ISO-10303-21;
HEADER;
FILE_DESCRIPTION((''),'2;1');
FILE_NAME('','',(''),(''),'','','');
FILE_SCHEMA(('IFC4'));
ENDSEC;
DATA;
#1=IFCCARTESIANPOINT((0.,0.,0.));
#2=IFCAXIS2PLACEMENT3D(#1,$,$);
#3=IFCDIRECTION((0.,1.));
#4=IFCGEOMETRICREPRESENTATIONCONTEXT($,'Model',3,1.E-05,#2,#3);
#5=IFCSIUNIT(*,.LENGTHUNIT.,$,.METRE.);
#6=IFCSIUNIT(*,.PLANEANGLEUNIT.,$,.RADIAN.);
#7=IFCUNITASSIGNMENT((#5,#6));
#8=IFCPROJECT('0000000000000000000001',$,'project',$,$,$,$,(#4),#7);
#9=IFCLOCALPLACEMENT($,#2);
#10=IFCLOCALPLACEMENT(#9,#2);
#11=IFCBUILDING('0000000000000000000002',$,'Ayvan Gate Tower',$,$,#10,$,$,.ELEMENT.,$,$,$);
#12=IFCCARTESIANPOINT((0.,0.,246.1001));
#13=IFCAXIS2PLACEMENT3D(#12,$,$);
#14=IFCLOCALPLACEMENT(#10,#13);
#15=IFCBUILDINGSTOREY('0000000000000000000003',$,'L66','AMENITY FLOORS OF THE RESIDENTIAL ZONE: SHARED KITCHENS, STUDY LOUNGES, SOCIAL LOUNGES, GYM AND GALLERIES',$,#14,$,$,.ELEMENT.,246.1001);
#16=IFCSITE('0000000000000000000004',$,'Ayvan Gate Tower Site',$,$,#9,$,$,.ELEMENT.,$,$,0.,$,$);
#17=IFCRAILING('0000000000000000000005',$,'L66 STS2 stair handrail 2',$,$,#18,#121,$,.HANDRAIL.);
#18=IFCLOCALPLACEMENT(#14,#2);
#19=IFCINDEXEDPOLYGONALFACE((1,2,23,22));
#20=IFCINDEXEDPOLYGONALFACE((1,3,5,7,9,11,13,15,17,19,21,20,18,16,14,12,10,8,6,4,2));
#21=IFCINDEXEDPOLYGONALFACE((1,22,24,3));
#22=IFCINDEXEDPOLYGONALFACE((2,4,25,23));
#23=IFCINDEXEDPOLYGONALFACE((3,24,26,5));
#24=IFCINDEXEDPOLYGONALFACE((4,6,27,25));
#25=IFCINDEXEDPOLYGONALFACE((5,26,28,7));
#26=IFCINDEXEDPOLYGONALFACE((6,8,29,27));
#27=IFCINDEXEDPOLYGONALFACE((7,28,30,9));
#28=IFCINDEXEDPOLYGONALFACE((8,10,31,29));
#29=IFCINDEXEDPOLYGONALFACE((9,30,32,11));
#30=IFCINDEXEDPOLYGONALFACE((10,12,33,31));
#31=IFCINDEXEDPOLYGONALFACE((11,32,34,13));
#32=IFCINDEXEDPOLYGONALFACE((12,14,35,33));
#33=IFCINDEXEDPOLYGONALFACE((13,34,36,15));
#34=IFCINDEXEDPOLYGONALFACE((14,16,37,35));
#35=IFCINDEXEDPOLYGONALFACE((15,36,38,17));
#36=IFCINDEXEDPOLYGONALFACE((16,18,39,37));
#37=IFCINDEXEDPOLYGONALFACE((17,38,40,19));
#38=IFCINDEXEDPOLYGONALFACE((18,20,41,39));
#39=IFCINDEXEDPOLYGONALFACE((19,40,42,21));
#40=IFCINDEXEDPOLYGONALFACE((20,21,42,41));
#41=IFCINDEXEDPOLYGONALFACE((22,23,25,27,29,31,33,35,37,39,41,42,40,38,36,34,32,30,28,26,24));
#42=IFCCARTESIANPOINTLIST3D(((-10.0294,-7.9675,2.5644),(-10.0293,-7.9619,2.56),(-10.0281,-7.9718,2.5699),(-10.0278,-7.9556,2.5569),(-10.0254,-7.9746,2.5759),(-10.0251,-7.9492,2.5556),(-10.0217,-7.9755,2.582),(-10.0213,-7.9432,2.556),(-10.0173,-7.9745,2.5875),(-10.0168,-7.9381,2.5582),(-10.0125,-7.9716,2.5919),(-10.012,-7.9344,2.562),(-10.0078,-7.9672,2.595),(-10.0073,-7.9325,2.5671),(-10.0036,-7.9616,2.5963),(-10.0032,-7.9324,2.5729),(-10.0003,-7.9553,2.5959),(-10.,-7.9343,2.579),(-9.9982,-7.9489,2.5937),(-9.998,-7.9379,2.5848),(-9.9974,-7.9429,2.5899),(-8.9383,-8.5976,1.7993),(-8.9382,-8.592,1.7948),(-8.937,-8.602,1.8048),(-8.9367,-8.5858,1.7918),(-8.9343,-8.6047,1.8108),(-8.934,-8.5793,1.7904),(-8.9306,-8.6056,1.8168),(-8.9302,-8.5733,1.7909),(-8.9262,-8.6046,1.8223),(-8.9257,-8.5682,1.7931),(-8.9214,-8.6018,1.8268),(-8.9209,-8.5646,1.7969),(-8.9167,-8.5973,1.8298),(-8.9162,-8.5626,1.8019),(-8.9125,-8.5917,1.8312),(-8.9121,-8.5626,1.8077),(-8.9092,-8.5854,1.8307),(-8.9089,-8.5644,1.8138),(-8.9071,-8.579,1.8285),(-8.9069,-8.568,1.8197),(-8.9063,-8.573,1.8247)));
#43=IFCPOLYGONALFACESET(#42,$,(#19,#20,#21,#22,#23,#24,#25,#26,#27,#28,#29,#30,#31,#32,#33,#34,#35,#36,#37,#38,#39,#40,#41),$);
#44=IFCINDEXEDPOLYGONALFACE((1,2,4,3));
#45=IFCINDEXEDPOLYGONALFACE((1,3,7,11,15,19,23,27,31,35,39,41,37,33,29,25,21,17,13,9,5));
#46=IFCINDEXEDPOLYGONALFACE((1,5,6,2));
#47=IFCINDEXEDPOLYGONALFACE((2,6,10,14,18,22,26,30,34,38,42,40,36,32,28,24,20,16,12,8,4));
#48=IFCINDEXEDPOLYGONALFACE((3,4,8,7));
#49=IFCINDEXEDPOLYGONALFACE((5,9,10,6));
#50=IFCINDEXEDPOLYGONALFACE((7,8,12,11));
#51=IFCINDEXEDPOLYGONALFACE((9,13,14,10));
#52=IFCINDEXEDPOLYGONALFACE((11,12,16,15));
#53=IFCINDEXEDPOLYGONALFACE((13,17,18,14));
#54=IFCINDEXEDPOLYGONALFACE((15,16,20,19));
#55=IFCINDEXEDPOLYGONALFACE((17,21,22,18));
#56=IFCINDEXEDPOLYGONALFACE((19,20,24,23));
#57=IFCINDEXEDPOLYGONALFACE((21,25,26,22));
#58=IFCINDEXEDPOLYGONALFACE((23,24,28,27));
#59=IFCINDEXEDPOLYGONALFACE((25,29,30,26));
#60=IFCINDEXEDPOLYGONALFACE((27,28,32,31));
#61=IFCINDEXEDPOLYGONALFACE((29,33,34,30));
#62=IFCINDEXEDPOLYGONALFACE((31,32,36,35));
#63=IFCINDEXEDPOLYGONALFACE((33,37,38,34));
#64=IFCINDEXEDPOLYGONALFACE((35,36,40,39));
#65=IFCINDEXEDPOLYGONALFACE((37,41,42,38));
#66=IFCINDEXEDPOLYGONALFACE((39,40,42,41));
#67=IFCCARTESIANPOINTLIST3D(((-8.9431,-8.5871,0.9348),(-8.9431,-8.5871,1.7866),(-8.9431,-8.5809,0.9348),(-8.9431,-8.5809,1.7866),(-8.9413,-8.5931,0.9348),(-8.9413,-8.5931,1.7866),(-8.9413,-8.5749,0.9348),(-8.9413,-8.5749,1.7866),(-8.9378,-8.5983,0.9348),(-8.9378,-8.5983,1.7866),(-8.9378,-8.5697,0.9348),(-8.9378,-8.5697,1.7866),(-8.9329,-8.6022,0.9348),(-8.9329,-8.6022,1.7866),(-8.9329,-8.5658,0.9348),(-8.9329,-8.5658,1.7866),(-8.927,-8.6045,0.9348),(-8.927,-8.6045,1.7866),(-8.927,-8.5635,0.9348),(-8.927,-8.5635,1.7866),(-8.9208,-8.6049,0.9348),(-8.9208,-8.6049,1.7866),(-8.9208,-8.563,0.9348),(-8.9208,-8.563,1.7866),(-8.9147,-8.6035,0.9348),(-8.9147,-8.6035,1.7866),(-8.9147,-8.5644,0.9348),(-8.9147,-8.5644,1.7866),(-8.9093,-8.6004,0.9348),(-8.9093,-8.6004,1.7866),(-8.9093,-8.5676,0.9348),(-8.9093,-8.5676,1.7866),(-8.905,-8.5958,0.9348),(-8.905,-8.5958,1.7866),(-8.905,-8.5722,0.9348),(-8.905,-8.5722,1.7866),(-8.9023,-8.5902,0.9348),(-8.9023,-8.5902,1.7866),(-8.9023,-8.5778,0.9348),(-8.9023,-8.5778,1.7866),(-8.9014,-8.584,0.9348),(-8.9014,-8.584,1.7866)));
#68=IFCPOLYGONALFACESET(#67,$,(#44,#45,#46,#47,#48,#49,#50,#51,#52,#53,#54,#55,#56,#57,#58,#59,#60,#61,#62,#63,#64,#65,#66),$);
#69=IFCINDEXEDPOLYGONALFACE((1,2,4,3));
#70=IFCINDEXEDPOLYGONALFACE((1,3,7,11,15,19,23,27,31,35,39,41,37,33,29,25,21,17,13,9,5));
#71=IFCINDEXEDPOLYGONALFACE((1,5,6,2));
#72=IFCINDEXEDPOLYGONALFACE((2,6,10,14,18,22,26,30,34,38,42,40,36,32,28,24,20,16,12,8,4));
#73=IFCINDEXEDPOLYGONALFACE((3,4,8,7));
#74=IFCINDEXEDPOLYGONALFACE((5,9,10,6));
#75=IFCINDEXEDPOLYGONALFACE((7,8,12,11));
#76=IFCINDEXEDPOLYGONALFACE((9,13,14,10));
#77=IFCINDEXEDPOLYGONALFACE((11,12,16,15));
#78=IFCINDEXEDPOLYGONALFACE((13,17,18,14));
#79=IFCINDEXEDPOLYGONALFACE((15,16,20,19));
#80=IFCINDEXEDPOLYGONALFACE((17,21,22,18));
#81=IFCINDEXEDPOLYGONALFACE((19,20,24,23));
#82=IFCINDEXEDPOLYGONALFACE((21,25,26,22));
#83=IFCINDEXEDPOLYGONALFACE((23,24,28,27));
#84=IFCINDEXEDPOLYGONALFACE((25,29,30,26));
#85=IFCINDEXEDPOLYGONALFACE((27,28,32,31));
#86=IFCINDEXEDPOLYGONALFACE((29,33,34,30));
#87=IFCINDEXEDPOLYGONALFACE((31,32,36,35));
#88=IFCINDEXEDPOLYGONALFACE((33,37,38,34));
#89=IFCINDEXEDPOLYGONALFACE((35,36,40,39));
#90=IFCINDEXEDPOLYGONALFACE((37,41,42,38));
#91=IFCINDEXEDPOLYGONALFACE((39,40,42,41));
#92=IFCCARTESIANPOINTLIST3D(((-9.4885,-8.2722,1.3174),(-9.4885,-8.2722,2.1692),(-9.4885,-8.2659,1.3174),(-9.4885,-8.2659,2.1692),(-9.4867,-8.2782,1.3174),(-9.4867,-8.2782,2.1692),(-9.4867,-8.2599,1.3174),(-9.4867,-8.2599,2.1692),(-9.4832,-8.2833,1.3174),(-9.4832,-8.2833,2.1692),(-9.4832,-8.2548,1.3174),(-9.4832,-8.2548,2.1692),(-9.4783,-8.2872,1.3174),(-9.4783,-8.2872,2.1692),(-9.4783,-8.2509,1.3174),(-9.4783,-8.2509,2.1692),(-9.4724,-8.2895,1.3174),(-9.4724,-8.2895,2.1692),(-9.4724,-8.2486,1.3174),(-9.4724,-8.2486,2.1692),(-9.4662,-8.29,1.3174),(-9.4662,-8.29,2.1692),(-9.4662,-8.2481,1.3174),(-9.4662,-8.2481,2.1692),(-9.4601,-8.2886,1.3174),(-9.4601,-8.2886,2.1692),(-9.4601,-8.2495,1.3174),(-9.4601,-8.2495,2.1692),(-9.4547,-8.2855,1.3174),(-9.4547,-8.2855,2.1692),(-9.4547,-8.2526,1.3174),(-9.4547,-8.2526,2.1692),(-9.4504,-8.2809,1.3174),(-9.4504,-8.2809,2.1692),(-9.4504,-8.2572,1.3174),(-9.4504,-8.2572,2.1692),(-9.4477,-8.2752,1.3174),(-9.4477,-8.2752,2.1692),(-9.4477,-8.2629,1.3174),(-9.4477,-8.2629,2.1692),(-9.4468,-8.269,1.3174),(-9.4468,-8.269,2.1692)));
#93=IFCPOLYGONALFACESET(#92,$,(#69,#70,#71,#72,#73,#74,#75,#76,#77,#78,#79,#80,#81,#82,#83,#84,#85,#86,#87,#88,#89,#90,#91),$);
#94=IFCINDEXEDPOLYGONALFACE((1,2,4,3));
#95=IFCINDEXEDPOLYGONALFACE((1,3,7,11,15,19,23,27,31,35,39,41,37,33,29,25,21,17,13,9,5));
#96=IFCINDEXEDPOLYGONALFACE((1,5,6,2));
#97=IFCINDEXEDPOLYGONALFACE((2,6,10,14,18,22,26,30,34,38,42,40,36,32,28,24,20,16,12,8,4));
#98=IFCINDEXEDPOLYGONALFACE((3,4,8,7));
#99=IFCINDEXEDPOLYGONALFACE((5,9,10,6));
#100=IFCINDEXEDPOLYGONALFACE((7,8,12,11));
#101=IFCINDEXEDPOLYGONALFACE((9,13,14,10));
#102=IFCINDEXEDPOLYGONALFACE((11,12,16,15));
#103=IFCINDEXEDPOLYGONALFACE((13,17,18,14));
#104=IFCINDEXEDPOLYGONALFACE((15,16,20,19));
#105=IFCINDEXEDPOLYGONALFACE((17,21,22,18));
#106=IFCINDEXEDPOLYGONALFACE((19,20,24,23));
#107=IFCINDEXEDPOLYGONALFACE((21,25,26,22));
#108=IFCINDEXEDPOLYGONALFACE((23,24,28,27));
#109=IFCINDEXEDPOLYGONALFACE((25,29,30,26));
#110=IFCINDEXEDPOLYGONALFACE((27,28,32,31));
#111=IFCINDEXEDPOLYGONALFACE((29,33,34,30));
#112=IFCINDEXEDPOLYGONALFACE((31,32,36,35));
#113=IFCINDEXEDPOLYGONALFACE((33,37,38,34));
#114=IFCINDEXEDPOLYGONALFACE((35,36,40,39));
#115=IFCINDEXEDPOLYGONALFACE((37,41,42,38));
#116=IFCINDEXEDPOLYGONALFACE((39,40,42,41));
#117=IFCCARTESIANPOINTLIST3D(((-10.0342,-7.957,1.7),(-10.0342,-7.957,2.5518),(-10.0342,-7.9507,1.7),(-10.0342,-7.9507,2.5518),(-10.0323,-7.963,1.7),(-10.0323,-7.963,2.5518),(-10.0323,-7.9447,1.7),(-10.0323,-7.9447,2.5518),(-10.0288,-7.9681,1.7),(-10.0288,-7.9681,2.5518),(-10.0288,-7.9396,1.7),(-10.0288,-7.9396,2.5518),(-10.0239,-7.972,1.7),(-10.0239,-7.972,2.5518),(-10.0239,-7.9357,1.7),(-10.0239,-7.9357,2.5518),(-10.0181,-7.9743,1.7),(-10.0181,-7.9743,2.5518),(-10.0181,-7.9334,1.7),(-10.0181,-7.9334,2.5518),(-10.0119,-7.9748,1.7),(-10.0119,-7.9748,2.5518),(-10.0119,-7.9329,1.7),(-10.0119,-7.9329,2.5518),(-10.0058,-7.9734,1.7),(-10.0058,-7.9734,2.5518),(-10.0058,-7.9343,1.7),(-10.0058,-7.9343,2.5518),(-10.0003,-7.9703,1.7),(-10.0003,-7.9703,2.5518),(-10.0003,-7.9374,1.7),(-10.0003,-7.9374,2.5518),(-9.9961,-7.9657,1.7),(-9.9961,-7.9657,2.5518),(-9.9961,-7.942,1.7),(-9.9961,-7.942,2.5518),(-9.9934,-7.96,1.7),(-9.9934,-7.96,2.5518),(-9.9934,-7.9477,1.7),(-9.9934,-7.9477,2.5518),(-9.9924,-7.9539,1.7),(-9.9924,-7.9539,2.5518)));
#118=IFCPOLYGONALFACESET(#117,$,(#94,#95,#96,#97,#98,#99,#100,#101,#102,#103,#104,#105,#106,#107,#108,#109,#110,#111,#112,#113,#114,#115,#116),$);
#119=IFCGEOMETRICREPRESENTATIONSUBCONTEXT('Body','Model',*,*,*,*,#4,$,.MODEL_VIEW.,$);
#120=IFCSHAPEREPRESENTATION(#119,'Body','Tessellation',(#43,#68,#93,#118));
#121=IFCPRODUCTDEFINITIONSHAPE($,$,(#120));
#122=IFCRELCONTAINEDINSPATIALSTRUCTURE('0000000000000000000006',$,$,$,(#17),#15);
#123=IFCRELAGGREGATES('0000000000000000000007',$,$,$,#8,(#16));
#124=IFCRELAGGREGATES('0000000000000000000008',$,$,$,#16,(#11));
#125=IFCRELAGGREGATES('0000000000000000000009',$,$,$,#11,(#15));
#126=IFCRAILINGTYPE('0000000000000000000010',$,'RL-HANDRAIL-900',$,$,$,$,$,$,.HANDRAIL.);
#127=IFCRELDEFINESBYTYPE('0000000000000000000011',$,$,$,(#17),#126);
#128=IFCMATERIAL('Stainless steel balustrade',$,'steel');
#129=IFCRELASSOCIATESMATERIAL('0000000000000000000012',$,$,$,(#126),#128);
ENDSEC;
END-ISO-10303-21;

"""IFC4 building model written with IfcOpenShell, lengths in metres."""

from ifc_helpers import new_model, si_unit, direction, frame, origin, origin_2d, place, context, subcontext, project, spatial, circle, extrude, material, type_object, element, save


model = new_model("IFC4")

# Units and contexts
model_context = context("Model", 3, precision=1e-05, world=origin(), true_north=direction((0.0, 1.0)))
body_context = subcontext(model_context, "Body", "Model", "MODEL_VIEW")
ifc_project = project(units=[si_unit("LENGTHUNIT", "METRE"), si_unit("PLANEANGLEUNIT", "RADIAN")], contexts=[model_context])

# Site, building, storey
site_placement = place(None, origin())
site = spatial("IfcSite", under=ifc_project, at=site_placement, Name="Ayvan Gate Tower Site", CompositionType="ELEMENT", RefElevation=0.0)
building_placement = place(site_placement, origin())
building = spatial("IfcBuilding", under=site, at=building_placement, Name="Ayvan Gate Tower", CompositionType="ELEMENT")
storey_placement = place(building_placement, frame((0.0, 0.0, 246.1001)))
storey = spatial("IfcBuildingStorey", under=building, at=storey_placement, Name="L66", Description="AMENITY FLOORS OF THE RESIDENTIAL ZONE: SHARED KITCHENS, STUDY LOUNGES, SOCIAL LOUNGES, GYM AND GALLERIES", CompositionType="ELEMENT", Elevation=246.1001)

# Railing
ifc_material_1 = material(Name="Stainless steel balustrade", Category="steel")
railing_type_1 = type_object("IfcRailingType", Name="RL-HANDRAIL-900", PredefinedType="HANDRAIL", material=ifc_material_1)
railing_1_placement = place(storey_placement, frame((-8.9224, -8.584, 0.9348)))
element("IfcRailing", 1, at=railing_1_placement, inside=storey, type_object=railing_type_1, Name="L66 STS2 stair handrail 2", PredefinedType="HANDRAIL", context=body_context, shape_type="SweptSolid", body=[
    extrude(circle(Radius=0.0239, at=origin_2d()), frame((0.0, 0.0, 0.876), z_axis=(-0.740166, 0.427471, 0.51906), x_axis=(-0.500119, -0.865956, 0.0)), (0.0, 0.0, 1.0), 1.4741),
    extrude(circle(Radius=0.021, at=origin_2d()), origin(), (0.0, 0.0, 1.0), 0.8518),
    extrude(circle(Radius=0.021, at=origin_2d()), frame((-0.5454, 0.3149, 0.3826)), (0.0, 0.0, 1.0), 0.8518),
    extrude(circle(Radius=0.021, at=origin_2d()), frame((-1.0911, 0.6301, 0.7651)), (0.0, 0.0, 1.0), 0.8518),
])

save(model, "model.ifc")
